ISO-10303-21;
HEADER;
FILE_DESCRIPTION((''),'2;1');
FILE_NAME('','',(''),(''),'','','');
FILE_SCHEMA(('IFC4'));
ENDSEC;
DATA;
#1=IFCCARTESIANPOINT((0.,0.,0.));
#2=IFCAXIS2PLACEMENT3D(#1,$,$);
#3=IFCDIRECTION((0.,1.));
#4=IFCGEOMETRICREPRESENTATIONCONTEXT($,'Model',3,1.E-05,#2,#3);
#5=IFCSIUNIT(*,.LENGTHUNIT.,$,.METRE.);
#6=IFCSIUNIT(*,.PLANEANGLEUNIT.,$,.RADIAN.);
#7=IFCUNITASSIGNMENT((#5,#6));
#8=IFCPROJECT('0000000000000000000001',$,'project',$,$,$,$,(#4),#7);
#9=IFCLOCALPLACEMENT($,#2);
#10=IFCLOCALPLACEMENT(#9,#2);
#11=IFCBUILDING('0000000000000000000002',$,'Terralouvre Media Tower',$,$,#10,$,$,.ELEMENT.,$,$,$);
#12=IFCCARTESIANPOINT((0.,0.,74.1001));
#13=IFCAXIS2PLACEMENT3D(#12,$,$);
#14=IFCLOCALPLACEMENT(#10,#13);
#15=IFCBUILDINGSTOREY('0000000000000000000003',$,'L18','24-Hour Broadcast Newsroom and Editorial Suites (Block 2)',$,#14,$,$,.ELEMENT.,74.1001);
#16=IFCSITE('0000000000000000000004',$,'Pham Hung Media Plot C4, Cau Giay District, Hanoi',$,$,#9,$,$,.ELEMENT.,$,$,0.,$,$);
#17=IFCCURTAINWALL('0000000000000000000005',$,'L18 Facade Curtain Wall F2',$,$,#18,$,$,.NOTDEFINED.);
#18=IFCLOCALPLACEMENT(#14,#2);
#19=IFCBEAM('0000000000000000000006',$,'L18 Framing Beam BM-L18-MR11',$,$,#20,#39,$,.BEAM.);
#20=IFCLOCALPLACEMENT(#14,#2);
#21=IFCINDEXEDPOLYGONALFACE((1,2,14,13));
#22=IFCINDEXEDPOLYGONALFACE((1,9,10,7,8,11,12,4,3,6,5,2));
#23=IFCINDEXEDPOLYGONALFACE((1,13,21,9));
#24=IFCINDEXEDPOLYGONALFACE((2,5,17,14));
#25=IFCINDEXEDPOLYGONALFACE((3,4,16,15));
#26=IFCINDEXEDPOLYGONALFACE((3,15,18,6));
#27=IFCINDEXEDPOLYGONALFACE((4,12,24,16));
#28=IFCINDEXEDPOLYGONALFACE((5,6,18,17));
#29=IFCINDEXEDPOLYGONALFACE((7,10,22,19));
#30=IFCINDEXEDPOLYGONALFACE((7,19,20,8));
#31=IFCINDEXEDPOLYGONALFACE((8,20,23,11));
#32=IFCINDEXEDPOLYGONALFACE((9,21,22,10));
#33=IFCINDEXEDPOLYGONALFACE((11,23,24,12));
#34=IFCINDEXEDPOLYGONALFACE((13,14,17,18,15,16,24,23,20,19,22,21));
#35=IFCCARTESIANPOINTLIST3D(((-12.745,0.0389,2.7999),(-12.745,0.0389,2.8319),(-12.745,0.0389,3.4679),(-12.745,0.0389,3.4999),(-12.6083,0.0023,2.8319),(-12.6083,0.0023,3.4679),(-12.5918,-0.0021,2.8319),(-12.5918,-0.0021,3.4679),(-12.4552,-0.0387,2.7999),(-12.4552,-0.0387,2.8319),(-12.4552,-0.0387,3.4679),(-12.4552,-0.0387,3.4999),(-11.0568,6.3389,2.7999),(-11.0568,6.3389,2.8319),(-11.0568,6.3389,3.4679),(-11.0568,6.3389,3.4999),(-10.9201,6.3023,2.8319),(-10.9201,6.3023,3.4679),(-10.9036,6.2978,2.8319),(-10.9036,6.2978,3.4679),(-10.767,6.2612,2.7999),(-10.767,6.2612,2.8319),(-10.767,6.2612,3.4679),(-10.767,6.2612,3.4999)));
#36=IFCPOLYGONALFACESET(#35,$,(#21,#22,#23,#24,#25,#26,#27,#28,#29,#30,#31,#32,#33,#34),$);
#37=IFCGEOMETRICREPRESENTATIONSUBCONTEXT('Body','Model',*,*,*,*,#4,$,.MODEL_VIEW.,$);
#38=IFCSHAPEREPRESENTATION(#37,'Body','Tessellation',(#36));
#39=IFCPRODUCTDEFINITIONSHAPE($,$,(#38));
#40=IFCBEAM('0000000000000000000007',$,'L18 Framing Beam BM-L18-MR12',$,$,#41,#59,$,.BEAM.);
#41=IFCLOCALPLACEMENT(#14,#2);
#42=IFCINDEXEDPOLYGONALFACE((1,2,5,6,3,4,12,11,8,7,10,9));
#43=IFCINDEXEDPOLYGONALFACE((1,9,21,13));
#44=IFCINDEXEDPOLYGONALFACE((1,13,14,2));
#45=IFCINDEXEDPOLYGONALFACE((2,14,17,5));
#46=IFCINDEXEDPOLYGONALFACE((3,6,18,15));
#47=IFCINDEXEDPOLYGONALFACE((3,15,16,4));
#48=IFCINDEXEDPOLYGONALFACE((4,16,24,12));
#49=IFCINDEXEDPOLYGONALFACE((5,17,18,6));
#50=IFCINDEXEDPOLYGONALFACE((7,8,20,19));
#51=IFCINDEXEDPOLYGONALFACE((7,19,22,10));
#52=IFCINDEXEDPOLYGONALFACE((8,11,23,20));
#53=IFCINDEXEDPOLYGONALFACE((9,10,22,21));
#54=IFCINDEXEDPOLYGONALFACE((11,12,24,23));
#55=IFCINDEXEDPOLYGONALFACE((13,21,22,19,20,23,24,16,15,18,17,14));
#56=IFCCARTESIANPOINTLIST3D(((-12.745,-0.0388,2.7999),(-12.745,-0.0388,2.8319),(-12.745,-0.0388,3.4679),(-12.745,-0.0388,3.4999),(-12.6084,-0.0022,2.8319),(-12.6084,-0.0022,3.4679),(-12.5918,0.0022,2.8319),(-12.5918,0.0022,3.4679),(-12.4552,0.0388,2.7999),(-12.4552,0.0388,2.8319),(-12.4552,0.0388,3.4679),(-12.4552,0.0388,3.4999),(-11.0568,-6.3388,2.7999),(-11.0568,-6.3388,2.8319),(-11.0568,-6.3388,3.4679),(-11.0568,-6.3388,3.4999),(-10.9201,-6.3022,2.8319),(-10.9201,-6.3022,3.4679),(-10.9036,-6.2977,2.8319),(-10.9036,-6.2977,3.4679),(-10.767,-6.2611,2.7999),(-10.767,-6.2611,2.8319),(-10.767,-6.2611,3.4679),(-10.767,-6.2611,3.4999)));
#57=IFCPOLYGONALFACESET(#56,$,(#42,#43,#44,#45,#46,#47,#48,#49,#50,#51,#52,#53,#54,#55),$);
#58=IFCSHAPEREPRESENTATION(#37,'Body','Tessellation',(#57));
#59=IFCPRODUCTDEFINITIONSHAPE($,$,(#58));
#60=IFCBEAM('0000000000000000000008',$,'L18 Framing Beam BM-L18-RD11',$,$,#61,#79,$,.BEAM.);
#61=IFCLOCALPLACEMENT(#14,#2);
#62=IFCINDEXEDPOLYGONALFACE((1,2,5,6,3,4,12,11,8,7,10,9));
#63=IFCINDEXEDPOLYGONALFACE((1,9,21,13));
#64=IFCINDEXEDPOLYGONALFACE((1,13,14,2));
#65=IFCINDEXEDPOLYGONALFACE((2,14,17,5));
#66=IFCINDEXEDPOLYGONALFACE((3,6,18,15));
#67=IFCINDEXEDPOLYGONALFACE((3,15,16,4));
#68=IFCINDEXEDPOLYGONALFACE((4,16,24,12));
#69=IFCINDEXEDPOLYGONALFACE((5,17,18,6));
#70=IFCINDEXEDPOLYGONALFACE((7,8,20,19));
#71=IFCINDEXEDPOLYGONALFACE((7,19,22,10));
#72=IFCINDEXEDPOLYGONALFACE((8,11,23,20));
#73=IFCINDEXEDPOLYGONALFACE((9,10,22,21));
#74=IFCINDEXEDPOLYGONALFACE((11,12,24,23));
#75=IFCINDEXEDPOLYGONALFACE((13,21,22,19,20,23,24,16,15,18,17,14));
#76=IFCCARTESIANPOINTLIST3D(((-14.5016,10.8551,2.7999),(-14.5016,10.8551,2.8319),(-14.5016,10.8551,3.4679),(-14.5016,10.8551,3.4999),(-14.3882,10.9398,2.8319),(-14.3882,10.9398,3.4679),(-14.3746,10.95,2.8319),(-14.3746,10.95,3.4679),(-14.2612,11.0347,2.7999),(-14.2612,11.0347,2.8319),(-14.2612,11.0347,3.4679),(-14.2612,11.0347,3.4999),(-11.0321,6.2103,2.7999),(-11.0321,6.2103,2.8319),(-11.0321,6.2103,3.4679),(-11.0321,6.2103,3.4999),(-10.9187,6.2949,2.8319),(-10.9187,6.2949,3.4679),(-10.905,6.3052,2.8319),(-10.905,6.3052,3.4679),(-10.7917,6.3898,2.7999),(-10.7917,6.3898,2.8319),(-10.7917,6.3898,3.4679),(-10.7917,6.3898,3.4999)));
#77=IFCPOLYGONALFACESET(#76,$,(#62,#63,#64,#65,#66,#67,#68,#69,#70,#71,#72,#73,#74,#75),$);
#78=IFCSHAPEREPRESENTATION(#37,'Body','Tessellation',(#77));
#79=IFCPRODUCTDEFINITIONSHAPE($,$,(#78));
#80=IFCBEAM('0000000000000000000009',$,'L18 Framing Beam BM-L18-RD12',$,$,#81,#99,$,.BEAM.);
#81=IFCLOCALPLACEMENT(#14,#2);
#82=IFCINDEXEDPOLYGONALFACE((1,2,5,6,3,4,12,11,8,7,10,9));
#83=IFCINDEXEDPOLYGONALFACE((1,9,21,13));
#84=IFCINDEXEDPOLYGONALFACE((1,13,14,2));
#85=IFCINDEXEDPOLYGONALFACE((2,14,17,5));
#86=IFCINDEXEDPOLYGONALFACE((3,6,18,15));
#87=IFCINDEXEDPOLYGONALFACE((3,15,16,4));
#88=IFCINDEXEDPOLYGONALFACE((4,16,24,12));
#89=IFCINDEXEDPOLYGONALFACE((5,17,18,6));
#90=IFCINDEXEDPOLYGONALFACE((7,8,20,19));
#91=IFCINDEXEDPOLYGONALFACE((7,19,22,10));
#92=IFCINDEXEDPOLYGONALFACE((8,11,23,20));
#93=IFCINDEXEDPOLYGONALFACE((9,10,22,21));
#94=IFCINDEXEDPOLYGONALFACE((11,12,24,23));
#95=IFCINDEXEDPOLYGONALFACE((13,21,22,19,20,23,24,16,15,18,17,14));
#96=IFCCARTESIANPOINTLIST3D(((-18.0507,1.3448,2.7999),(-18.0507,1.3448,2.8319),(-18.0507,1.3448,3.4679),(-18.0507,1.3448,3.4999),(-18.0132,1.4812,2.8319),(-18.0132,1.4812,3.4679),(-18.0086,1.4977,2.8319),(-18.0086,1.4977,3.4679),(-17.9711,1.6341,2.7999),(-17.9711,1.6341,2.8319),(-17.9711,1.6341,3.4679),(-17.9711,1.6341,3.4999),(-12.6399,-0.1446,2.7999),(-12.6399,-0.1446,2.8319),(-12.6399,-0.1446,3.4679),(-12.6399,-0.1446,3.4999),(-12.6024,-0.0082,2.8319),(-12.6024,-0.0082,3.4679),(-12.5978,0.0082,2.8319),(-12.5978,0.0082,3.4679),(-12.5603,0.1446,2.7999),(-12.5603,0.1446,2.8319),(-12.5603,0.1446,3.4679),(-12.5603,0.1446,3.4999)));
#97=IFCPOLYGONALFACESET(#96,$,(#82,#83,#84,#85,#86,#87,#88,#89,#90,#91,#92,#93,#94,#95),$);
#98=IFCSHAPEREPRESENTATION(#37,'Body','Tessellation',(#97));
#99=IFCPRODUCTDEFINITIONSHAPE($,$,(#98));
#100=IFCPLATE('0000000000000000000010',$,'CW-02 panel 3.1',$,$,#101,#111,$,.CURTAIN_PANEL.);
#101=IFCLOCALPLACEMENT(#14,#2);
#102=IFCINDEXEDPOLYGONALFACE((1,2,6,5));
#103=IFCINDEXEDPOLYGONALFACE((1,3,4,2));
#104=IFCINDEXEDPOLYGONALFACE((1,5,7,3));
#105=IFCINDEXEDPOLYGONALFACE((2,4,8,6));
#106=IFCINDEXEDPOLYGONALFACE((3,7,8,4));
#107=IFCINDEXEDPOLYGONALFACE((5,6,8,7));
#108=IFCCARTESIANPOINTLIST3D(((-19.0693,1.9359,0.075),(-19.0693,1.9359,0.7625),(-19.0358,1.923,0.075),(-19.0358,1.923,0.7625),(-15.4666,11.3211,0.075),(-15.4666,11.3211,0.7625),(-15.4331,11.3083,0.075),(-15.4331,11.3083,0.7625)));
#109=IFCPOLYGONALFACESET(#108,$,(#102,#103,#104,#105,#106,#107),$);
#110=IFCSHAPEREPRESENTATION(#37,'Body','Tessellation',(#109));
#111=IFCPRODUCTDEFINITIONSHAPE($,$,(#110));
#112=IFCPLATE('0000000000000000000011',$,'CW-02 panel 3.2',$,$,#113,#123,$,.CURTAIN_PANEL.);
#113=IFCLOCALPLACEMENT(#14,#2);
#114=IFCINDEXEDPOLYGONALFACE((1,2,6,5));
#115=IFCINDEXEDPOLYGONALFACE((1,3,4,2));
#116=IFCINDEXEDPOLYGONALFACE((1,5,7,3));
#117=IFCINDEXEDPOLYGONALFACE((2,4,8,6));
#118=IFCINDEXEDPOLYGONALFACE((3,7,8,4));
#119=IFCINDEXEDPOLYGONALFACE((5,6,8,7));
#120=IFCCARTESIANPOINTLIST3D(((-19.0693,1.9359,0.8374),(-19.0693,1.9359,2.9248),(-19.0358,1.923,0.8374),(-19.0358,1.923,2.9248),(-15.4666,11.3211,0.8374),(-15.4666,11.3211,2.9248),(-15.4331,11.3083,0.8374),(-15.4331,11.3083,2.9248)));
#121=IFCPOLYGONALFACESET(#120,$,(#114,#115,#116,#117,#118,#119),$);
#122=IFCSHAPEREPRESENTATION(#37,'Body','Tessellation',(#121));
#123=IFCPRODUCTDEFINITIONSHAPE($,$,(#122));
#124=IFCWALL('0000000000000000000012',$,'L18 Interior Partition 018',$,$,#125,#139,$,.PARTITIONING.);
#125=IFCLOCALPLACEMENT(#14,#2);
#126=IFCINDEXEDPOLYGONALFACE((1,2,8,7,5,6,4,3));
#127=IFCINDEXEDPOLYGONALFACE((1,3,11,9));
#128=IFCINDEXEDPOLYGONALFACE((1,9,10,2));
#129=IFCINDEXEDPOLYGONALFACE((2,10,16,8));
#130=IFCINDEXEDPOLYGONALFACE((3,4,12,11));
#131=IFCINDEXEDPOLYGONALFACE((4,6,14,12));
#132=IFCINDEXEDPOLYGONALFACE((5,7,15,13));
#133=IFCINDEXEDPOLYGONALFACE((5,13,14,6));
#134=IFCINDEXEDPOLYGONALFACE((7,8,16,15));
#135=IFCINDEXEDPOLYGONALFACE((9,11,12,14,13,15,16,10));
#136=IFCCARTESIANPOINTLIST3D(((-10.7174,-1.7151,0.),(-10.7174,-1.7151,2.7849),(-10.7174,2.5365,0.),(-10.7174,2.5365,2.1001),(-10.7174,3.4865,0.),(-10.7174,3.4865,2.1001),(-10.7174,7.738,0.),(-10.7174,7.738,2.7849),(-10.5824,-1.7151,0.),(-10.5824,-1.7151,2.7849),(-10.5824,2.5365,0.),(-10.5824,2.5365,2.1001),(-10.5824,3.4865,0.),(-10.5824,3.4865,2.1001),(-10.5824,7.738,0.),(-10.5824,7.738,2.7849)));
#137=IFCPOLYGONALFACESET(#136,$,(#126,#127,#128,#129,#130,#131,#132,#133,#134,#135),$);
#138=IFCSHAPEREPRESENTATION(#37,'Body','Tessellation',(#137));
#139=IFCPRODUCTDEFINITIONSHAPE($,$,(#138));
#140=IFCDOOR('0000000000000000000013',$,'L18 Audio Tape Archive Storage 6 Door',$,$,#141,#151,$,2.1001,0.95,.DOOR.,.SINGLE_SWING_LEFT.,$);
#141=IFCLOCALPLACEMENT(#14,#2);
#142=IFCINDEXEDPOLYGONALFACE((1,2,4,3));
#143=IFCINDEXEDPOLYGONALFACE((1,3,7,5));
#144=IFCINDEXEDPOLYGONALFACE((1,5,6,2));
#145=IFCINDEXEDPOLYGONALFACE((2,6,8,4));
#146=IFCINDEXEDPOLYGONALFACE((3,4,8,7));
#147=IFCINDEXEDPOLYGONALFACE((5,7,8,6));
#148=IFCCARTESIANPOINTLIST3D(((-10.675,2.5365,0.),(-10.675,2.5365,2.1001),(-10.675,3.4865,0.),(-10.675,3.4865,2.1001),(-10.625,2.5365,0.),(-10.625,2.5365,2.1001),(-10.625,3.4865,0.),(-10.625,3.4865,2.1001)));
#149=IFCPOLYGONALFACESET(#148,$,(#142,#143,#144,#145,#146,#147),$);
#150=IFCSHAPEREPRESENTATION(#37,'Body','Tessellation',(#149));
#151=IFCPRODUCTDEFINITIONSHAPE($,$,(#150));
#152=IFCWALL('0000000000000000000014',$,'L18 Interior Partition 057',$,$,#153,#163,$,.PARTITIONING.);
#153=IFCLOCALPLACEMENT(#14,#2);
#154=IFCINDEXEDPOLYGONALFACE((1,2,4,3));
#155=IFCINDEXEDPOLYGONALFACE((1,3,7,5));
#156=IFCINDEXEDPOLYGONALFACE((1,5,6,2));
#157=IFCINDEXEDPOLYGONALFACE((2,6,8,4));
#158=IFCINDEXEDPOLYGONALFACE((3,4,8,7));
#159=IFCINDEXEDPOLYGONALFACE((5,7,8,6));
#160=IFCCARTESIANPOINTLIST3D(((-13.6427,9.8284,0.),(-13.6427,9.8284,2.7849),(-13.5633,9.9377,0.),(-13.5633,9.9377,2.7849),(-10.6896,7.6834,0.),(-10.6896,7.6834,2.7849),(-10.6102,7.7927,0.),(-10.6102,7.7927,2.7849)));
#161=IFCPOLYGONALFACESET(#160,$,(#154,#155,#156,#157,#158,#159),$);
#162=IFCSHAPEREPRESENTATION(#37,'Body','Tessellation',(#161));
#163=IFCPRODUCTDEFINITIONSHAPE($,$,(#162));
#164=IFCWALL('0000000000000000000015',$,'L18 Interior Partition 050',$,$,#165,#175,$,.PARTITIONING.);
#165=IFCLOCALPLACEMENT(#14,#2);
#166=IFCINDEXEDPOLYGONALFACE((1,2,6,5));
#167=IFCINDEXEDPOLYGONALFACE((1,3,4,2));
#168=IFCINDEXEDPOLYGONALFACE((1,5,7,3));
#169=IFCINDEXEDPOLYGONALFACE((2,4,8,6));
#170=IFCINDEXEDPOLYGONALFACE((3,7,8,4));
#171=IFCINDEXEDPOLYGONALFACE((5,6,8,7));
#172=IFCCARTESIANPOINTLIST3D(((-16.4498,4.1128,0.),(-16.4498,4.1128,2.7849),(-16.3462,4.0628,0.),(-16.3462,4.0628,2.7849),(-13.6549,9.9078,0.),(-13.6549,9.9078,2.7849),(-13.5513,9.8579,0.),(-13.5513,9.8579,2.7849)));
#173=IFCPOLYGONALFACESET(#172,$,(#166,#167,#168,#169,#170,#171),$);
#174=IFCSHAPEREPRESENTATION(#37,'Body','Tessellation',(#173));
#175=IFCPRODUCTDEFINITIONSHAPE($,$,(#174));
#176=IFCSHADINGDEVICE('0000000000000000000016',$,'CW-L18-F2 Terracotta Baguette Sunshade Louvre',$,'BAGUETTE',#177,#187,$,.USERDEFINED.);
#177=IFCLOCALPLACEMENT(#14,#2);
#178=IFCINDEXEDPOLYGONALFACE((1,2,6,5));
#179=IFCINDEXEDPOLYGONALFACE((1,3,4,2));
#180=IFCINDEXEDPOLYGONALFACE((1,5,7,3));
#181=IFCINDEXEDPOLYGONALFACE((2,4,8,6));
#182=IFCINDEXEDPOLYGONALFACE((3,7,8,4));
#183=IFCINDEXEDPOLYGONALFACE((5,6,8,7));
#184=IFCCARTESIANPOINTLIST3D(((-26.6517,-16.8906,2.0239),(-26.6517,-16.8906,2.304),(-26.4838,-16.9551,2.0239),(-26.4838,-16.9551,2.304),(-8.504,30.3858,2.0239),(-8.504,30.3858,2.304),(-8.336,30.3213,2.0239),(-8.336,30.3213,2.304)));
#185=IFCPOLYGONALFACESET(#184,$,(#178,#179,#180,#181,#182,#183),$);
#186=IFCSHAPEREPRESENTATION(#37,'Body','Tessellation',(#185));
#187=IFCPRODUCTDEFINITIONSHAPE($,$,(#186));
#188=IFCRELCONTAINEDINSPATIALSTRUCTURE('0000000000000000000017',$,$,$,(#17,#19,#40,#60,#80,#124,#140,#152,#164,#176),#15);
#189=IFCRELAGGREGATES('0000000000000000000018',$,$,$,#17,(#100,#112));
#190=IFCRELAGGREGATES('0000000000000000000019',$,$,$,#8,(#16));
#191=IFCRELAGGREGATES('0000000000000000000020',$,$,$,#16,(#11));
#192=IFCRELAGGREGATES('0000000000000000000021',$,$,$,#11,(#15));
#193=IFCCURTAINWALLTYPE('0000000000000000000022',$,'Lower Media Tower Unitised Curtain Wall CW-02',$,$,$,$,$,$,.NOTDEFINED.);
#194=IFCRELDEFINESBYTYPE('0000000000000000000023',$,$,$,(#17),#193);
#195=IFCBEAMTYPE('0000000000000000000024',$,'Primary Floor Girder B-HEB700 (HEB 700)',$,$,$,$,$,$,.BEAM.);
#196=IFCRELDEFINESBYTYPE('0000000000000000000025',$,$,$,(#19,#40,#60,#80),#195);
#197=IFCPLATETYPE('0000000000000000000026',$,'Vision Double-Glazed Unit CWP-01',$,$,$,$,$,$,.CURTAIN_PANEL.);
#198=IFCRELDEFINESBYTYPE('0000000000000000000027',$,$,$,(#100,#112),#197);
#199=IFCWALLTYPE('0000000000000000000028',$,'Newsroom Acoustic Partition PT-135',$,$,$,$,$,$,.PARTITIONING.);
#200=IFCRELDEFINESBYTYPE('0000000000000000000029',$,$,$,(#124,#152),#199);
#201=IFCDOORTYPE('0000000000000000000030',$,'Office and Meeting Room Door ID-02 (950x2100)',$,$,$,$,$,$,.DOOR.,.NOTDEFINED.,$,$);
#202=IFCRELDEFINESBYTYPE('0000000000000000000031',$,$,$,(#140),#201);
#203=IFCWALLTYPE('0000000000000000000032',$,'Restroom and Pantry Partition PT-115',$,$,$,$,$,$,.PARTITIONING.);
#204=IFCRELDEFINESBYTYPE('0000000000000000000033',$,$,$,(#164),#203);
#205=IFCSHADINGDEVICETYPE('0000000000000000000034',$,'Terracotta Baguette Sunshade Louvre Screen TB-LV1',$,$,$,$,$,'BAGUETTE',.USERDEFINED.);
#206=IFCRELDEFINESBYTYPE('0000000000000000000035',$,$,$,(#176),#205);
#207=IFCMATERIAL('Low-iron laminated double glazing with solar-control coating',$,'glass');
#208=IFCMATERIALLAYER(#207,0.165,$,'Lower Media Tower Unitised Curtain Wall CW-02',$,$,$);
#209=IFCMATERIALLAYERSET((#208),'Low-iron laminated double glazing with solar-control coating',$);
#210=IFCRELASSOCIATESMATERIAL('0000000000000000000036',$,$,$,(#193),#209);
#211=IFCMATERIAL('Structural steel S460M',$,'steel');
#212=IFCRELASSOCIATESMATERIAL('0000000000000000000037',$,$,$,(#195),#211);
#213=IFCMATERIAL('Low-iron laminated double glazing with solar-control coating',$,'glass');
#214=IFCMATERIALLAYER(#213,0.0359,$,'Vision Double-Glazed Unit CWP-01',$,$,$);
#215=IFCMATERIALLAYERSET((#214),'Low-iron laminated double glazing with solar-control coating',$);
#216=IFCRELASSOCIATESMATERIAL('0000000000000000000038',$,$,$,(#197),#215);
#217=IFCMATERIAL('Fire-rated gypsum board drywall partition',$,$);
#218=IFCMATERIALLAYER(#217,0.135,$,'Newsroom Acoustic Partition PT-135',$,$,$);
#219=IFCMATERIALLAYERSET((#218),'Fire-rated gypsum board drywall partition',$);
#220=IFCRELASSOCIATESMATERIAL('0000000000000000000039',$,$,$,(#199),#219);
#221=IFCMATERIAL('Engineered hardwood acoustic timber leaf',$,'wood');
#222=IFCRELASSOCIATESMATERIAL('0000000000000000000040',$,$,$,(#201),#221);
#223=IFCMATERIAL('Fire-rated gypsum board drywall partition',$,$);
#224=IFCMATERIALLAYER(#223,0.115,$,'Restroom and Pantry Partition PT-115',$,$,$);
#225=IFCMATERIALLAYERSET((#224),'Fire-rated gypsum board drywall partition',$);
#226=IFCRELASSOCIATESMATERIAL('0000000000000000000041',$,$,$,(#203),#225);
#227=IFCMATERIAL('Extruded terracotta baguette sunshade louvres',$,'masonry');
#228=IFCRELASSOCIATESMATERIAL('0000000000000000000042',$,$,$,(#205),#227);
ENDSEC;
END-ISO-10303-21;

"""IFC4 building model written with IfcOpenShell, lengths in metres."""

from ifc_helpers import new_model, si_unit, direction, frame, frame_2d, origin, origin_2d, place, context, subcontext, project, spatial, rectangle, i_section, extrude, material, layer, layer_set, material_profile, profile_set, type_object, element, fill, aggregate, save


model = new_model("IFC4")

# Units and contexts
model_context = context("Model", 3, precision=1e-05, world=origin(), true_north=direction((0.0, 1.0)))
body_context = subcontext(model_context, "Body", "Model", "MODEL_VIEW")
ifc_project = project(units=[si_unit("LENGTHUNIT", "METRE"), si_unit("PLANEANGLEUNIT", "RADIAN")], contexts=[model_context])

# Site, building, storey
site_placement = place(None, origin())
site = spatial("IfcSite", under=ifc_project, at=site_placement, Name="Pham Hung Media Plot C4, Cau Giay District, Hanoi", CompositionType="ELEMENT", RefElevation=0.0)
building_placement = place(site_placement, origin())
building = spatial("IfcBuilding", under=site, at=building_placement, Name="Terralouvre Media Tower", CompositionType="ELEMENT")
storey_placement = place(building_placement, frame((0.0, 0.0, 74.1001)))
storey = spatial("IfcBuildingStorey", under=building, at=storey_placement, Name="L18", Description="24-Hour Broadcast Newsroom and Editorial Suites (Block 2)", CompositionType="ELEMENT", Elevation=74.1001)

# Curtain wall
ifc_material_1 = material(Name="Low-iron laminated double glazing with solar-control coating", Category="glass")
ifc_layer_1 = layer(ifc_material_1, 0.165, Name="Lower Media Tower Unitised Curtain Wall CW-02")
ifc_layer_set_1 = layer_set([ifc_layer_1], Name="Low-iron laminated double glazing with solar-control coating")
curtain_wall_type = type_object("IfcCurtainWallType", Name="Lower Media Tower Unitised Curtain Wall CW-02", PredefinedType="NOTDEFINED", material=ifc_layer_set_1)
curtain_wall_placement = place(storey_placement, origin())
curtain_wall = element("IfcCurtainWall", 1, at=curtain_wall_placement, inside=storey, type_object=curtain_wall_type, Name="L18 Facade Curtain Wall F2", PredefinedType="NOTDEFINED")

# Beams
ifc_material_2 = material(Name="Structural steel S460M", Category="steel")
ifc_material_profile_1 = material_profile(ifc_material_2, i_section(OverallWidth=0.3, OverallDepth=0.7, WebThickness=0.0171, FlangeThickness=0.032, at=origin_2d()), Name="HEB 700")
ifc_profile_set_1 = profile_set([ifc_material_profile_1], Name="Structural steel S460M")
beam_type_1 = type_object("IfcBeamType", Name="Primary Floor Girder B-HEB700 (HEB 700)", PredefinedType="BEAM", material=ifc_profile_set_1)
for number, where, z_axis, x_axis, name in (
    (2, (-10.9119, 6.3, 3.1499), (-0.258839, -0.96592, 0.0), (0.96592, -0.258839, 0.0), "L18 Framing Beam BM-L18-MR11"),
    (3, (-12.6001, 0.0, 3.1499), (0.258839, -0.96592, 0.0), (0.96592, 0.258839, 0.0), "L18 Framing Beam BM-L18-MR12"),
):
    element("IfcBeam", number, at=place(storey_placement, frame(where, z_axis=z_axis, x_axis=x_axis)), inside=storey, type_object=beam_type_1, Name=name, PredefinedType="BEAM", context=body_context, shape_type="SweptSolid", body=[
        extrude(i_section(OverallWidth=0.3, OverallDepth=0.7, WebThickness=0.0171, FlangeThickness=0.032, at=origin_2d()), origin(), (0.0, 0.0, 1.0), 6.5222),
    ])
beam_1_placement = place(storey_placement, frame((-10.9119, 6.3, 3.1499), z_axis=(-0.598442, 0.801166, 0.0), x_axis=(-0.801166, -0.598442, 0.0)))
element("IfcBeam", 4, at=beam_1_placement, inside=storey, type_object=beam_type_1, Name="L18 Framing Beam BM-L18-RD11", PredefinedType="BEAM", context=body_context, shape_type="SweptSolid", body=[
    extrude(i_section(OverallWidth=0.3, OverallDepth=0.7, WebThickness=0.0171, FlangeThickness=0.032, at=origin_2d()), origin(), (0.0, 0.0, 1.0), 5.7976),
])
beam_2_placement = place(storey_placement, frame((-12.6001, 0.0, 3.1499), z_axis=(-0.964137, 0.265406, 0.0), x_axis=(-0.265406, -0.964137, 0.0)))
element("IfcBeam", 5, at=beam_2_placement, inside=storey, type_object=beam_type_1, Name="L18 Framing Beam BM-L18-RD12", PredefinedType="BEAM", context=body_context, shape_type="SweptSolid", body=[
    extrude(i_section(OverallWidth=0.3, OverallDepth=0.7, WebThickness=0.0171, FlangeThickness=0.032, at=origin_2d()), origin(), (0.0, 0.0, 1.0), 5.6121),
])

# Plates
ifc_material_3 = material(Name="Low-iron laminated double glazing with solar-control coating", Category="glass")
ifc_layer_2 = layer(ifc_material_3, 0.0359, Name="Vision Double-Glazed Unit CWP-01")
ifc_layer_set_2 = layer_set([ifc_layer_2], Name="Low-iron laminated double glazing with solar-control coating")
plate_type = type_object("IfcPlateType", Name="Vision Double-Glazed Unit CWP-01", PredefinedType="CURTAIN_PANEL", material=ifc_layer_set_2)
plate_1_placement = place(storey_placement, frame((-17.2512, 6.6221, 0.075), z_axis=(0.0, 0.0, 1.0), x_axis=(-0.358368, -0.93358, 0.0)))
plate_1 = element("IfcPlate", 6, at=plate_1_placement, type_object=plate_type, Name="CW-02 panel 3.1", PredefinedType="CURTAIN_PANEL", context=body_context, shape_type="SweptSolid", body=[
    extrude(rectangle(XDim=10.053, YDim=0.0359, at=origin_2d()), origin(), (0.0, 0.0, 1.0), 0.6875),
])
plate_2_placement = place(storey_placement, frame((-17.2512, 6.6221, 0.8374), z_axis=(0.0, 0.0, 1.0), x_axis=(-0.358368, -0.93358, 0.0)))
plate_2 = element("IfcPlate", 7, at=plate_2_placement, type_object=plate_type, Name="CW-02 panel 3.2", PredefinedType="CURTAIN_PANEL", context=body_context, shape_type="SweptSolid", body=[
    extrude(rectangle(XDim=10.053, YDim=0.0359, at=origin_2d()), origin(), (0.0, 0.0, 1.0), 2.0874),
])
aggregate(curtain_wall, [plate_1, plate_2])

# Wall, opening, door
ifc_material_4 = material(Name="Fire-rated gypsum board drywall partition")
ifc_layer_3 = layer(ifc_material_4, 0.135, Name="Newsroom Acoustic Partition PT-135")
ifc_layer_set_3 = layer_set([ifc_layer_3], Name="Fire-rated gypsum board drywall partition")
wall_type_1 = type_object("IfcWallType", Name="Newsroom Acoustic Partition PT-135", PredefinedType="PARTITIONING", material=ifc_layer_set_3)
wall_1_placement = place(storey_placement, frame((-10.6499, 7.738, 0.0), z_axis=(0.0, 0.0, 1.0), x_axis=(0.0, -1.0, 0.0)))
wall_1 = element("IfcWall", 8, at=wall_1_placement, inside=storey, type_object=wall_type_1, Name="L18 Interior Partition 018", PredefinedType="PARTITIONING", context=body_context, shape_type="SweptSolid", body=[
    extrude(rectangle(XDim=9.4531, YDim=0.135, at=frame_2d((4.7266, 0.0))), origin(), (0.0, 0.0, 1.0), 2.7849),
])
opening_placement = place(wall_1_placement, frame((4.2515, 0.0, 0.0)))
opening = element("IfcOpeningElement", 9, at=opening_placement, cuts=wall_1, PredefinedType="OPENING", context=body_context, shape_type="SweptSolid", body=[
    extrude(rectangle(XDim=0.95, YDim=2.1001, at=frame_2d((0.4751, 1.05))), frame((0.0, 0.0774, 0.0), z_axis=(0.0, -1.0, 0.0), x_axis=(1.0, 0.0, 0.0)), (0.0, 0.0, 1.0), 0.155),
])
ifc_material_5 = material(Name="Engineered hardwood acoustic timber leaf", Category="wood")
door_type = type_object("IfcDoorType", Name="Office and Meeting Room Door ID-02 (950x2100)", OperationType="NOTDEFINED", PredefinedType="DOOR", material=ifc_material_5)
door_placement = place(opening_placement, origin())
door = element("IfcDoor", 10, at=door_placement, inside=storey, type_object=door_type, Name="L18 Audio Tape Archive Storage 6 Door", OperationType="SINGLE_SWING_LEFT", OverallHeight=2.1001, OverallWidth=0.95, PredefinedType="DOOR", context=body_context, shape_type="SweptSolid", body=[
    extrude(rectangle(XDim=0.95, YDim=2.1001, at=frame_2d((0.4751, 1.05))), frame((0.0, 0.0249, 0.0), z_axis=(0.0, -1.0, 0.0), x_axis=(1.0, 0.0, 0.0)), (0.0, 0.0, 1.0), 0.05),
])
fill(opening, door)

# Walls
wall_2_placement = place(storey_placement, frame((-10.6499, 7.738, 0.0), z_axis=(0.0, 0.0, 1.0), x_axis=(-0.809089, 0.587686, 0.0)))
element("IfcWall", 11, at=wall_2_placement, inside=storey, type_object=wall_type_1, Name="L18 Interior Partition 057", PredefinedType="PARTITIONING", context=body_context, shape_type="SweptSolid", body=[
    extrude(rectangle(XDim=3.6499, YDim=0.135, at=frame_2d((1.825, 0.0))), origin(), (0.0, 0.0, 1.0), 2.7849),
])
ifc_material_6 = material(Name="Fire-rated gypsum board drywall partition")
ifc_layer_4 = layer(ifc_material_6, 0.115, Name="Restroom and Pantry Partition PT-115")
ifc_layer_set_4 = layer_set([ifc_layer_4], Name="Fire-rated gypsum board drywall partition")
wall_type_2 = type_object("IfcWallType", Name="Restroom and Pantry Partition PT-115", PredefinedType="PARTITIONING", material=ifc_layer_set_4)
wall_3_placement = place(storey_placement, frame((-16.3979, 4.0879, 0.0), z_axis=(0.0, 0.0, 1.0), x_axis=(0.434403, 0.900719, 0.0)))
element("IfcWall", 12, at=wall_3_placement, inside=storey, type_object=wall_type_2, Name="L18 Interior Partition 050", PredefinedType="PARTITIONING", context=body_context, shape_type="SweptSolid", body=[
    extrude(rectangle(XDim=6.4338, YDim=0.115, at=frame_2d((3.2168, 0.0))), origin(), (0.0, 0.0, 1.0), 2.7849),
])

# Shading device
ifc_material_7 = material(Name="Extruded terracotta baguette sunshade louvres", Category="masonry")
shading_device_type = type_object("IfcShadingDeviceType", Name="Terracotta Baguette Sunshade Louvre Screen TB-LV1", ElementType="BAGUETTE", PredefinedType="USERDEFINED", material=ifc_material_7)
shading_device_placement = place(storey_placement, frame((-17.4939, 6.7153, 2.0239), z_axis=(0.0, 0.0, 1.0), x_axis=(-0.358368, -0.93358, 0.0)))
element("IfcShadingDevice", 13, at=shading_device_placement, inside=storey, type_object=shading_device_type, Name="CW-L18-F2 Terracotta Baguette Sunshade Louvre", ObjectType="BAGUETTE", PredefinedType="USERDEFINED", context=body_context, shape_type="SweptSolid", body=[
    extrude(rectangle(XDim=50.6399, YDim=0.1799, at=origin_2d()), origin(), (0.0, 0.0, 1.0), 0.28),
])

save(model, "model.ifc")
